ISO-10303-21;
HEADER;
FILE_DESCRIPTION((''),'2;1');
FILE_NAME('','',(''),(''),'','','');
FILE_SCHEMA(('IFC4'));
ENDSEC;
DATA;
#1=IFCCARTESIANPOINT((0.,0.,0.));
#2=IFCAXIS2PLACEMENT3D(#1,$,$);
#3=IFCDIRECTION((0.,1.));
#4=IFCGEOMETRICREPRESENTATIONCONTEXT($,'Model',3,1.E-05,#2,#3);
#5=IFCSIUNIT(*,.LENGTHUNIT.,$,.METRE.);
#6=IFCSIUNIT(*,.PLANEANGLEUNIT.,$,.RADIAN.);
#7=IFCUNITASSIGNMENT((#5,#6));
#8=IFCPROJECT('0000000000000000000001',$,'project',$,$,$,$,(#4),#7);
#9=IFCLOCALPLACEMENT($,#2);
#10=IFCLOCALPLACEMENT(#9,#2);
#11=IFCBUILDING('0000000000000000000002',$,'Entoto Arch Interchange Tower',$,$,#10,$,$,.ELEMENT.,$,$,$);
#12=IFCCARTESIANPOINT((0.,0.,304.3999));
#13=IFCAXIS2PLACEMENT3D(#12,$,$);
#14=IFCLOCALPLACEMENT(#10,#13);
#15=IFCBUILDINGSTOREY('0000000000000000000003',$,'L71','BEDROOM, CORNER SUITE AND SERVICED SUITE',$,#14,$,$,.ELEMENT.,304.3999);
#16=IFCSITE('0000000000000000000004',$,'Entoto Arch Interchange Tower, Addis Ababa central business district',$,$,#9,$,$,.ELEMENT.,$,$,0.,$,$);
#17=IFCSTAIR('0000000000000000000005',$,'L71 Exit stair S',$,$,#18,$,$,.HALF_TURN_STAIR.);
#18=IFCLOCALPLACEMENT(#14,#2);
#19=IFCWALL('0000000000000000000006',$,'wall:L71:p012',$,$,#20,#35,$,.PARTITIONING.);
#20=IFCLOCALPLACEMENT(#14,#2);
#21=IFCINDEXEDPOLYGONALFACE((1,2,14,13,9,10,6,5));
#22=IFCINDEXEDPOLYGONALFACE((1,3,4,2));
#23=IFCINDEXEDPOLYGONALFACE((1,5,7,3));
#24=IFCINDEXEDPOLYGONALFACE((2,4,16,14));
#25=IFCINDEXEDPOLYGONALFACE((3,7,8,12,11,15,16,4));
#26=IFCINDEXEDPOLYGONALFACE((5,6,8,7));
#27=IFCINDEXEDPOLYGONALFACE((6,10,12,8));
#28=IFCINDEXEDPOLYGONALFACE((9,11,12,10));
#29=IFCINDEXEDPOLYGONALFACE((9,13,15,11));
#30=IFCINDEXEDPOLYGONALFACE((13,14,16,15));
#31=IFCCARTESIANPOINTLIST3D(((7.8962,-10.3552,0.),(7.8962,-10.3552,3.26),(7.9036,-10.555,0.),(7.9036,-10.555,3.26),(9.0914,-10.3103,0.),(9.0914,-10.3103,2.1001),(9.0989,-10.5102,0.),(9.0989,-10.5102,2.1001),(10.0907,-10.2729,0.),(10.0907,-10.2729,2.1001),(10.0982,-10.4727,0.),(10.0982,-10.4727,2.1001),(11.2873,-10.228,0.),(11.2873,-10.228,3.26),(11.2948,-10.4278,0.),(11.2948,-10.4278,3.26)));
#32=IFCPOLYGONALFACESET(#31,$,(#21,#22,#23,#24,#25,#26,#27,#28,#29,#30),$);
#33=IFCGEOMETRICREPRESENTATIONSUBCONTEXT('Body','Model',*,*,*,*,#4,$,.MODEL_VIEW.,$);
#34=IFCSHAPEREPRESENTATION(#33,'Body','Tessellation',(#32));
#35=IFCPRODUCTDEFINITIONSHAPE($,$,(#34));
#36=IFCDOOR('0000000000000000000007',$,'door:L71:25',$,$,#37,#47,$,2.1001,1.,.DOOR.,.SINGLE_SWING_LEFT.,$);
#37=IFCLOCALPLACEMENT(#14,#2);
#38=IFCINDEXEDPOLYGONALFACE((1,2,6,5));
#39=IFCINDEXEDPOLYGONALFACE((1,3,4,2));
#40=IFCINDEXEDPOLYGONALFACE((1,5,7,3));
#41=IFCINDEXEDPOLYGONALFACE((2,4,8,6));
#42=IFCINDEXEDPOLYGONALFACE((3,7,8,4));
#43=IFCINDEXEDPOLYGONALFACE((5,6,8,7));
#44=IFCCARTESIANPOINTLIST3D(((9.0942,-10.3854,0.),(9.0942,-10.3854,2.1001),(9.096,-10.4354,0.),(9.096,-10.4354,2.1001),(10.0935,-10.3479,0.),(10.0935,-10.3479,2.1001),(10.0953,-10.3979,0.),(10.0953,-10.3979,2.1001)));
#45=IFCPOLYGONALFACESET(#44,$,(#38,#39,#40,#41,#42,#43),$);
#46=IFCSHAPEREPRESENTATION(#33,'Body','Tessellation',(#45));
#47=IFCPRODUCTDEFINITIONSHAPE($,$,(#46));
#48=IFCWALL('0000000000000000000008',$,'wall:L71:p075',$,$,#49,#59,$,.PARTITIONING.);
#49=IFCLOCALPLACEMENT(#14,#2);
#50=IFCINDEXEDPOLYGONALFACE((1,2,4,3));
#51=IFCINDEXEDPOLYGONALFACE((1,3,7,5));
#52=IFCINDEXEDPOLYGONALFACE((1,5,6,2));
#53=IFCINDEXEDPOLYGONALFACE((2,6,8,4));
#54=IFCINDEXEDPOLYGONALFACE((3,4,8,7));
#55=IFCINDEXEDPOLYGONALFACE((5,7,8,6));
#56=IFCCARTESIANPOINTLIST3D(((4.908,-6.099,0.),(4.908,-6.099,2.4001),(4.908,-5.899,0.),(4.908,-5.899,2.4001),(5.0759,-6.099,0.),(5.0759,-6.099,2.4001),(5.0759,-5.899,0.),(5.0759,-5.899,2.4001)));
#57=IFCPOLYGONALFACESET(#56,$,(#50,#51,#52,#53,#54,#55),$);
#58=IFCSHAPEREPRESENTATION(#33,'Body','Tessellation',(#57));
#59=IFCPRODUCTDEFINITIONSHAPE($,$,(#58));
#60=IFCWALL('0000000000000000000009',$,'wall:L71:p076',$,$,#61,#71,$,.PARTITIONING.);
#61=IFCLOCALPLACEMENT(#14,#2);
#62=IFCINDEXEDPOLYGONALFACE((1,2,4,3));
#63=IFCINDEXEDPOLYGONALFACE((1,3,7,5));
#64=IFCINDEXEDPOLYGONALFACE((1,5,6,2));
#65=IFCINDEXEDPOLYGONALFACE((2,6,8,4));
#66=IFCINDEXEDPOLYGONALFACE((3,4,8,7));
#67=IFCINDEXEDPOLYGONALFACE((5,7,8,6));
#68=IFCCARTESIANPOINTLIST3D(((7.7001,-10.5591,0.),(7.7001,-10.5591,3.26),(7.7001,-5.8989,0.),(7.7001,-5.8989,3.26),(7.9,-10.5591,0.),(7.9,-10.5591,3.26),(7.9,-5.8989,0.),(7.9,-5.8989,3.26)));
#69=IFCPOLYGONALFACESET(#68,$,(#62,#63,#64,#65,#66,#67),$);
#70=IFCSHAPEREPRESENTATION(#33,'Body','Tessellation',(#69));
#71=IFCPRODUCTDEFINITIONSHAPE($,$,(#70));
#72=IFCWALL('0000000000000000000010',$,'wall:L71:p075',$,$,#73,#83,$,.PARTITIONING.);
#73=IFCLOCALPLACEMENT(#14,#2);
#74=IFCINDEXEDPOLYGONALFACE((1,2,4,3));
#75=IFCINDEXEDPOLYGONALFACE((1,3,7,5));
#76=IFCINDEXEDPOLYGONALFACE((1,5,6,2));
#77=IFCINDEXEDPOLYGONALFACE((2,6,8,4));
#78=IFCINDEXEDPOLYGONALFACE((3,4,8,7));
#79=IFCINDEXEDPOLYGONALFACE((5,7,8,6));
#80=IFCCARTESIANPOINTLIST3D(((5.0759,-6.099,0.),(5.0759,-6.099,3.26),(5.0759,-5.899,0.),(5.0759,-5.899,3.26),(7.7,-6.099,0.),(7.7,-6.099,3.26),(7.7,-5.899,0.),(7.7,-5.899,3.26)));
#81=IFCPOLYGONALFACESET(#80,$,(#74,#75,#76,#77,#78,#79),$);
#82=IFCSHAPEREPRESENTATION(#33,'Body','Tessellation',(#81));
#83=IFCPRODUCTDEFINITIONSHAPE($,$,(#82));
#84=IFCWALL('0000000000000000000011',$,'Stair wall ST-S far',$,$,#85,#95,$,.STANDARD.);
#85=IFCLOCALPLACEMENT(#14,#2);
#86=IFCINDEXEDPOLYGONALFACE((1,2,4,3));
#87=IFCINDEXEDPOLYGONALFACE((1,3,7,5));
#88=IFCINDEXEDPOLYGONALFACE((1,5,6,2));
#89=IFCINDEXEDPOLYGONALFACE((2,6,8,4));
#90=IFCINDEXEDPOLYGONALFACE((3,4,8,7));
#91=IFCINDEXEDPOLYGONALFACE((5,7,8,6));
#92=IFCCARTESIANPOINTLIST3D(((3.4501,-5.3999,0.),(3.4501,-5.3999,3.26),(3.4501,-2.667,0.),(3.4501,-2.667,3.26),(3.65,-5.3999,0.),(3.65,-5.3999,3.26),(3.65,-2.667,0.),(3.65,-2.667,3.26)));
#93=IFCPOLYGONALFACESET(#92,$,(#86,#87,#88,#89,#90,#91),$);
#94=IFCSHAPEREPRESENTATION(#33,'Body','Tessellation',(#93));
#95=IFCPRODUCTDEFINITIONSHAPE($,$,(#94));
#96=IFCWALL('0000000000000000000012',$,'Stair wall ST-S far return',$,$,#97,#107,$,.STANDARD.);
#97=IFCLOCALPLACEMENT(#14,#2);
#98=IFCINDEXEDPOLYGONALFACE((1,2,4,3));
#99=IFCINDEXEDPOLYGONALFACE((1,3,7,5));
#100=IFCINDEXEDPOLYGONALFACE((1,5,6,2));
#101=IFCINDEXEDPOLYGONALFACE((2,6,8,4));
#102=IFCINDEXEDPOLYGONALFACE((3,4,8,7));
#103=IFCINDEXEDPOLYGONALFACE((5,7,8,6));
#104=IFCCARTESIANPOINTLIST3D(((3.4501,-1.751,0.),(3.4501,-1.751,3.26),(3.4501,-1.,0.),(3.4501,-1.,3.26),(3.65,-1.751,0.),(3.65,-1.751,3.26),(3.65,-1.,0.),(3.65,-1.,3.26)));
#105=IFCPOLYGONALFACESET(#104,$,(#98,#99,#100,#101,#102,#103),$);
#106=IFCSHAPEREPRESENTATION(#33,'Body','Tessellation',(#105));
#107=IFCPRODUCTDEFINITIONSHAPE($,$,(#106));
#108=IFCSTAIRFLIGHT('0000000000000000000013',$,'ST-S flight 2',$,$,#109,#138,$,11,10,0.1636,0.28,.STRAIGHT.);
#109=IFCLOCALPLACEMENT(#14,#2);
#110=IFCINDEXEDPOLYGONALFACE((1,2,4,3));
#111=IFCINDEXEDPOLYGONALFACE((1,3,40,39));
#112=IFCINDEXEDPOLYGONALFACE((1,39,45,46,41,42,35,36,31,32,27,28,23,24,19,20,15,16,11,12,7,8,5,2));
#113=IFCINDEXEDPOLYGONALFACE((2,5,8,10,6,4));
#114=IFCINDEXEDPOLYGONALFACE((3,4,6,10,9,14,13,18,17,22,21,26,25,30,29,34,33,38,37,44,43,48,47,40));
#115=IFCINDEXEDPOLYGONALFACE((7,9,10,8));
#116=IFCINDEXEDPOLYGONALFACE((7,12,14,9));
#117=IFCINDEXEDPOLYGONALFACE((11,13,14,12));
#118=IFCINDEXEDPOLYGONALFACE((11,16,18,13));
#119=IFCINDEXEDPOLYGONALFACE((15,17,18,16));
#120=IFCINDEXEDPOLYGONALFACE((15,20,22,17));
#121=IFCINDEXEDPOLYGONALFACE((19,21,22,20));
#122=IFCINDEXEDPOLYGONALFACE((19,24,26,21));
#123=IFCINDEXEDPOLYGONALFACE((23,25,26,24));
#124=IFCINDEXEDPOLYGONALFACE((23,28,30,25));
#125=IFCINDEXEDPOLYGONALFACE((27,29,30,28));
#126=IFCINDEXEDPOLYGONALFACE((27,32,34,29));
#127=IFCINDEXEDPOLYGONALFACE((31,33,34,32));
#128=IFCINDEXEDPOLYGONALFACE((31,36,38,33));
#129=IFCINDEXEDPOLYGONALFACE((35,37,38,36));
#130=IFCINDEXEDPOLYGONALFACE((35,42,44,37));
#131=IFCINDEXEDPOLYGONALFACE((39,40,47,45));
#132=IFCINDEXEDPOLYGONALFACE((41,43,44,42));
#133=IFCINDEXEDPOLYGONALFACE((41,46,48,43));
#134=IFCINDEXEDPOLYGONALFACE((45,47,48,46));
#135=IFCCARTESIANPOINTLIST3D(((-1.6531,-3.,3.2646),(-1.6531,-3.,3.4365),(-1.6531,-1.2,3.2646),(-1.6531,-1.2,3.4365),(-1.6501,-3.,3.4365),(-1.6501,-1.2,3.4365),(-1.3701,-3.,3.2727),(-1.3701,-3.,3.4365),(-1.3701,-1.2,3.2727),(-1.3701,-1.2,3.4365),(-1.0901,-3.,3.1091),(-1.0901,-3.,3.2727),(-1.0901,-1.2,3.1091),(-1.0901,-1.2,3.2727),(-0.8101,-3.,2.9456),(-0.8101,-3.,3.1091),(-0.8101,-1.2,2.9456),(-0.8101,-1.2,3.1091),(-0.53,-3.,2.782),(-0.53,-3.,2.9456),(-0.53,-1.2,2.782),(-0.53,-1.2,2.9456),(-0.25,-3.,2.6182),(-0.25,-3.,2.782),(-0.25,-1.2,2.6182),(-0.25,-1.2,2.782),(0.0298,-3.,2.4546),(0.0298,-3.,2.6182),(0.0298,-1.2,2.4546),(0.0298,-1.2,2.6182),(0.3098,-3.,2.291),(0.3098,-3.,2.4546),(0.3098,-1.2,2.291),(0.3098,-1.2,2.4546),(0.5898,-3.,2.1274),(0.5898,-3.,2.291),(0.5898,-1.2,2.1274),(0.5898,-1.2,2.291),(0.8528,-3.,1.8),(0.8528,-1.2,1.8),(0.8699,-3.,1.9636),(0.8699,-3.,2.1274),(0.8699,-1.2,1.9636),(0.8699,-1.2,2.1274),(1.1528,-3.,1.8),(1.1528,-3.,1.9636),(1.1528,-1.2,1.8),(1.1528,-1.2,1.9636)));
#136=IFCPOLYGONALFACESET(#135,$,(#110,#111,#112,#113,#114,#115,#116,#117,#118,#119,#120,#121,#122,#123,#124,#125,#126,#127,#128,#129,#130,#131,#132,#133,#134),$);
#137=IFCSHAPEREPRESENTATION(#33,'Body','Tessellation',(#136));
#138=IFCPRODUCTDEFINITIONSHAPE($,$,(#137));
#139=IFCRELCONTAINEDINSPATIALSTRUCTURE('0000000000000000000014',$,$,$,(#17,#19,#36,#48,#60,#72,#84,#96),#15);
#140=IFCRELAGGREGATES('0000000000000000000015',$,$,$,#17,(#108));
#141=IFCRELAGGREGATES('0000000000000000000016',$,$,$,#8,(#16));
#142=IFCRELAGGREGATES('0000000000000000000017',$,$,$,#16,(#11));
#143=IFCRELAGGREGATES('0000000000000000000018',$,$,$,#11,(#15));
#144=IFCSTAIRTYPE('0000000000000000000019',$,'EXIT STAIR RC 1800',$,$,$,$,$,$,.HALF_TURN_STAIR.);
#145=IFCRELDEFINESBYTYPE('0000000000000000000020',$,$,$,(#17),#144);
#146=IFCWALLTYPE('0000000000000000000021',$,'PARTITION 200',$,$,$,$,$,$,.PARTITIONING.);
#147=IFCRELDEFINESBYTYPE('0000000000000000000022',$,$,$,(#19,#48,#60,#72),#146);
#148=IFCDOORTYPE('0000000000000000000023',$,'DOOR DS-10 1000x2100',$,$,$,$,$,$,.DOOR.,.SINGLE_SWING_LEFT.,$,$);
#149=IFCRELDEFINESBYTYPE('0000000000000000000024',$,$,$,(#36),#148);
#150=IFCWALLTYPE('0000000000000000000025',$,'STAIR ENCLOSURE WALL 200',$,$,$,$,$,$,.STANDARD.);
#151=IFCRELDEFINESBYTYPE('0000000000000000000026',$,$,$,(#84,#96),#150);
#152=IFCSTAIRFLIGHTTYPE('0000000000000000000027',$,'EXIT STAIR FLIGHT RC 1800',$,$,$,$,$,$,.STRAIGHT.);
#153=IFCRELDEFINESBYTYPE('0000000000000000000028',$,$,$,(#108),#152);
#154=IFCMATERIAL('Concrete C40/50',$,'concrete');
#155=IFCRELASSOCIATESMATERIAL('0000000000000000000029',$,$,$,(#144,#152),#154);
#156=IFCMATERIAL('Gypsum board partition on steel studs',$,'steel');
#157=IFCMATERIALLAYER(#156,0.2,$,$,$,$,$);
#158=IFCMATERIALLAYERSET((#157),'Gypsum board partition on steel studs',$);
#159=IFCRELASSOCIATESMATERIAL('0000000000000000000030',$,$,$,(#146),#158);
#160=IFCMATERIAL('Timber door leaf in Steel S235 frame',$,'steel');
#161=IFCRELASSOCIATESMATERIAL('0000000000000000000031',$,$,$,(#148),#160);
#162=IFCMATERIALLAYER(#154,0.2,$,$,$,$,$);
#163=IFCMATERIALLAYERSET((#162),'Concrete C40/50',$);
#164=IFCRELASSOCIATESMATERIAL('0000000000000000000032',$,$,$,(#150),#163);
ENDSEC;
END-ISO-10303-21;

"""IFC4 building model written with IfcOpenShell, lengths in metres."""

from ifc_helpers import new_model, si_unit, direction, frame, frame_2d, origin, place, context, subcontext, project, spatial, polyline, rectangle, outline, extrude, material, layer, layer_set, type_object, element, fill, aggregate, save


model = new_model("IFC4")

# Units and contexts
model_context = context("Model", 3, precision=1e-05, world=origin(), true_north=direction((0.0, 1.0)))
body_context = subcontext(model_context, "Body", "Model", "MODEL_VIEW")
ifc_project = project(units=[si_unit("LENGTHUNIT", "METRE"), si_unit("PLANEANGLEUNIT", "RADIAN")], contexts=[model_context])

# Site, building, storey
site_placement = place(None, origin())
site = spatial("IfcSite", under=ifc_project, at=site_placement, Name="Entoto Arch Interchange Tower, Addis Ababa central business district", CompositionType="ELEMENT", RefElevation=0.0)
building_placement = place(site_placement, origin())
building = spatial("IfcBuilding", under=site, at=building_placement, Name="Entoto Arch Interchange Tower", CompositionType="ELEMENT")
storey_placement = place(building_placement, frame((0.0, 0.0, 304.3999)))
storey = spatial("IfcBuildingStorey", under=building, at=storey_placement, Name="L71", Description="BEDROOM, CORNER SUITE AND SERVICED SUITE", CompositionType="ELEMENT", Elevation=304.3999)

# Shared definitions
ifc_material_1 = material(Name="Concrete C40/50", Category="concrete")

# Stair
stair_type = type_object("IfcStairType", Name="EXIT STAIR RC 1800", PredefinedType="HALF_TURN_STAIR", material=ifc_material_1)
stair_placement = place(storey_placement, origin())
stair = element("IfcStair", 1, at=stair_placement, inside=storey, type_object=stair_type, Name="L71 Exit stair S", PredefinedType="HALF_TURN_STAIR")

# Shared definitions
ifc_material_2 = material(Name="Gypsum board partition on steel studs", Category="steel")

# Wall, opening, door
ifc_layer_1 = layer(ifc_material_2, 0.2)
ifc_layer_set_1 = layer_set([ifc_layer_1], Name="Gypsum board partition on steel studs")
wall_type_1 = type_object("IfcWallType", Name="PARTITION 200", PredefinedType="PARTITIONING", material=ifc_layer_set_1)
wall_1_placement = place(storey_placement, frame((7.8999, -10.4551, 0.0), z_axis=(0.0, 0.0, 1.0), x_axis=(0.999297, 0.037483, 0.0)))
wall_1 = element("IfcWall", 2, at=wall_1_placement, inside=storey, type_object=wall_type_1, Name="wall:L71:p012", PredefinedType="PARTITIONING", context=body_context, shape_type="SweptSolid", body=[
    extrude(rectangle(XDim=3.3936, YDim=0.2, at=frame_2d((1.6968, 0.0))), origin(), (0.0, 0.0, 1.0), 3.26),
])
opening_1_placement = place(wall_1_placement, frame((1.196, 0.0, 0.0)))
opening_1 = element("IfcOpeningElement", 3, at=opening_1_placement, cuts=wall_1, PredefinedType="OPENING", context=body_context, shape_type="SweptSolid", body=[
    extrude(rectangle(XDim=1.0, YDim=2.1001, at=frame_2d((0.5, 1.05))), frame((0.0, 0.1099, 0.0), z_axis=(0.0, -1.0, 0.0), x_axis=(1.0, 0.0, 0.0)), (0.0, 0.0, 1.0), 0.22),
])
ifc_material_3 = material(Name="Timber door leaf in Steel S235 frame", Category="steel")
door_type_1 = type_object("IfcDoorType", Name="DOOR DS-10 1000x2100", OperationType="SINGLE_SWING_LEFT", PredefinedType="DOOR", material=ifc_material_3)
door_1_placement = place(opening_1_placement, origin())
door_1 = element("IfcDoor", 4, at=door_1_placement, inside=storey, type_object=door_type_1, Name="door:L71:25", OperationType="SINGLE_SWING_LEFT", OverallHeight=2.1001, OverallWidth=1.0, PredefinedType="DOOR", context=body_context, shape_type="SweptSolid", body=[
    extrude(rectangle(XDim=1.0, YDim=2.1001, at=frame_2d((0.5, 1.05))), frame((0.0, 0.0249, 0.0), z_axis=(0.0, -1.0, 0.0), x_axis=(1.0, 0.0, 0.0)), (0.0, 0.0, 1.0), 0.05),
])
fill(opening_1, door_1)

# Walls
wall_2_placement = place(storey_placement, frame((4.908, -5.999, 0.0), z_axis=(0.0, 0.0, 1.0), x_axis=(1.0, 0.0, 0.0)))
element("IfcWall", 5, at=wall_2_placement, inside=storey, type_object=wall_type_1, Name="wall:L71:p075", PredefinedType="PARTITIONING", context=body_context, shape_type="SweptSolid", body=[
    extrude(rectangle(XDim=0.168, YDim=0.2, at=frame_2d((0.084, 0.0))), origin(), (0.0, 0.0, 1.0), 2.4001),
])
wall_3_placement = place(storey_placement, frame((7.8, -5.8989, 0.0), z_axis=(0.0, 0.0, 1.0), x_axis=(0.0, -1.0, 0.0)))
element("IfcWall", 6, at=wall_3_placement, inside=storey, type_object=wall_type_1, Name="wall:L71:p076", PredefinedType="PARTITIONING", context=body_context, shape_type="SweptSolid", body=[
    extrude(rectangle(XDim=4.6602, YDim=0.2, at=frame_2d((2.3301, 0.0))), origin(), (0.0, 0.0, 1.0), 3.26),
])
wall_4_placement = place(storey_placement, frame((5.0759, -5.999, 0.0), z_axis=(0.0, 0.0, 1.0), x_axis=(1.0, 0.0, 0.0)))
element("IfcWall", 7, at=wall_4_placement, inside=storey, type_object=wall_type_1, Name="wall:L71:p075", PredefinedType="PARTITIONING", context=body_context, shape_type="SweptSolid", body=[
    extrude(rectangle(XDim=2.624, YDim=0.2, at=frame_2d((1.312, 0.0))), origin(), (0.0, 0.0, 1.0), 3.26),
])
ifc_layer_2 = layer(ifc_material_1, 0.2)
ifc_layer_set_2 = layer_set([ifc_layer_2], Name="Concrete C40/50")
wall_type_2 = type_object("IfcWallType", Name="STAIR ENCLOSURE WALL 200", PredefinedType="STANDARD", material=ifc_layer_set_2)
wall_5_placement = place(storey_placement, frame((3.55, -2.667, 0.0), z_axis=(0.0, 0.0, 1.0), x_axis=(0.0, -1.0, 0.0)))
element("IfcWall", 8, at=wall_5_placement, inside=storey, type_object=wall_type_2, Name="Stair wall ST-S far", PredefinedType="STANDARD", context=body_context, shape_type="SweptSolid", body=[
    extrude(rectangle(XDim=2.7329, YDim=0.2, at=frame_2d((1.3665, 0.0))), origin(), (0.0, 0.0, 1.0), 3.26),
])
wall_6_placement = place(storey_placement, frame((3.55, -1.0, 0.0), z_axis=(0.0, 0.0, 1.0), x_axis=(0.0, -1.0, 0.0)))
element("IfcWall", 9, at=wall_6_placement, inside=storey, type_object=wall_type_2, Name="Stair wall ST-S far return", PredefinedType="STANDARD", context=body_context, shape_type="SweptSolid", body=[
    extrude(rectangle(XDim=0.751, YDim=0.2, at=frame_2d((0.3755, 0.0))), origin(), (0.0, 0.0, 1.0), 3.26),
])

# Stair flight
stair_flight_type = type_object("IfcStairFlightType", Name="EXIT STAIR FLIGHT RC 1800", PredefinedType="STRAIGHT", material=ifc_material_1)
stair_flight_placement = place(storey_placement, frame((1.1499, -2.1001, 1.8), z_axis=(0.0, 0.0, 1.0), x_axis=(-1.0, 0.0, 0.0)))
stair_flight = element("IfcStairFlight", 10, at=stair_flight_placement, type_object=stair_flight_type, Name="ST-S flight 2", NumberOfRisers=11, NumberOfTreads=10, PredefinedType="STRAIGHT", RiserHeight=0.1636, TreadLength=0.28, context=body_context, shape_type="SweptSolid", body=[
    extrude(outline(polyline([(-0.0029, 0.0), (-0.0029, 0.1636), (0.28, 0.1636), (0.28, 0.3274), (0.5601, 0.3274), (0.5601, 0.491), (0.8401, 0.491), (0.8401, 0.6545), (1.1201, 0.6545), (1.1201, 0.8181), (1.3999, 0.8181), (1.3999, 0.9819), (1.6799, 0.9819), (1.6799, 1.1455), (1.96, 1.1455), (1.96, 1.3091), (2.24, 1.3091), (2.24, 1.4727), (2.52, 1.4727), (2.52, 1.6365), (2.8, 1.6365), (2.803, 1.6365), (2.803, 1.4646), (0.2971, 0.0), (-0.0029, 0.0)])), frame((0.0, 0.8999, 0.0), z_axis=(0.0, -1.0, 0.0), x_axis=(1.0, 0.0, 0.0)), (0.0, 0.0, 1.0), 1.8),
])
aggregate(stair, [stair_flight])

save(model, "model.ifc")
